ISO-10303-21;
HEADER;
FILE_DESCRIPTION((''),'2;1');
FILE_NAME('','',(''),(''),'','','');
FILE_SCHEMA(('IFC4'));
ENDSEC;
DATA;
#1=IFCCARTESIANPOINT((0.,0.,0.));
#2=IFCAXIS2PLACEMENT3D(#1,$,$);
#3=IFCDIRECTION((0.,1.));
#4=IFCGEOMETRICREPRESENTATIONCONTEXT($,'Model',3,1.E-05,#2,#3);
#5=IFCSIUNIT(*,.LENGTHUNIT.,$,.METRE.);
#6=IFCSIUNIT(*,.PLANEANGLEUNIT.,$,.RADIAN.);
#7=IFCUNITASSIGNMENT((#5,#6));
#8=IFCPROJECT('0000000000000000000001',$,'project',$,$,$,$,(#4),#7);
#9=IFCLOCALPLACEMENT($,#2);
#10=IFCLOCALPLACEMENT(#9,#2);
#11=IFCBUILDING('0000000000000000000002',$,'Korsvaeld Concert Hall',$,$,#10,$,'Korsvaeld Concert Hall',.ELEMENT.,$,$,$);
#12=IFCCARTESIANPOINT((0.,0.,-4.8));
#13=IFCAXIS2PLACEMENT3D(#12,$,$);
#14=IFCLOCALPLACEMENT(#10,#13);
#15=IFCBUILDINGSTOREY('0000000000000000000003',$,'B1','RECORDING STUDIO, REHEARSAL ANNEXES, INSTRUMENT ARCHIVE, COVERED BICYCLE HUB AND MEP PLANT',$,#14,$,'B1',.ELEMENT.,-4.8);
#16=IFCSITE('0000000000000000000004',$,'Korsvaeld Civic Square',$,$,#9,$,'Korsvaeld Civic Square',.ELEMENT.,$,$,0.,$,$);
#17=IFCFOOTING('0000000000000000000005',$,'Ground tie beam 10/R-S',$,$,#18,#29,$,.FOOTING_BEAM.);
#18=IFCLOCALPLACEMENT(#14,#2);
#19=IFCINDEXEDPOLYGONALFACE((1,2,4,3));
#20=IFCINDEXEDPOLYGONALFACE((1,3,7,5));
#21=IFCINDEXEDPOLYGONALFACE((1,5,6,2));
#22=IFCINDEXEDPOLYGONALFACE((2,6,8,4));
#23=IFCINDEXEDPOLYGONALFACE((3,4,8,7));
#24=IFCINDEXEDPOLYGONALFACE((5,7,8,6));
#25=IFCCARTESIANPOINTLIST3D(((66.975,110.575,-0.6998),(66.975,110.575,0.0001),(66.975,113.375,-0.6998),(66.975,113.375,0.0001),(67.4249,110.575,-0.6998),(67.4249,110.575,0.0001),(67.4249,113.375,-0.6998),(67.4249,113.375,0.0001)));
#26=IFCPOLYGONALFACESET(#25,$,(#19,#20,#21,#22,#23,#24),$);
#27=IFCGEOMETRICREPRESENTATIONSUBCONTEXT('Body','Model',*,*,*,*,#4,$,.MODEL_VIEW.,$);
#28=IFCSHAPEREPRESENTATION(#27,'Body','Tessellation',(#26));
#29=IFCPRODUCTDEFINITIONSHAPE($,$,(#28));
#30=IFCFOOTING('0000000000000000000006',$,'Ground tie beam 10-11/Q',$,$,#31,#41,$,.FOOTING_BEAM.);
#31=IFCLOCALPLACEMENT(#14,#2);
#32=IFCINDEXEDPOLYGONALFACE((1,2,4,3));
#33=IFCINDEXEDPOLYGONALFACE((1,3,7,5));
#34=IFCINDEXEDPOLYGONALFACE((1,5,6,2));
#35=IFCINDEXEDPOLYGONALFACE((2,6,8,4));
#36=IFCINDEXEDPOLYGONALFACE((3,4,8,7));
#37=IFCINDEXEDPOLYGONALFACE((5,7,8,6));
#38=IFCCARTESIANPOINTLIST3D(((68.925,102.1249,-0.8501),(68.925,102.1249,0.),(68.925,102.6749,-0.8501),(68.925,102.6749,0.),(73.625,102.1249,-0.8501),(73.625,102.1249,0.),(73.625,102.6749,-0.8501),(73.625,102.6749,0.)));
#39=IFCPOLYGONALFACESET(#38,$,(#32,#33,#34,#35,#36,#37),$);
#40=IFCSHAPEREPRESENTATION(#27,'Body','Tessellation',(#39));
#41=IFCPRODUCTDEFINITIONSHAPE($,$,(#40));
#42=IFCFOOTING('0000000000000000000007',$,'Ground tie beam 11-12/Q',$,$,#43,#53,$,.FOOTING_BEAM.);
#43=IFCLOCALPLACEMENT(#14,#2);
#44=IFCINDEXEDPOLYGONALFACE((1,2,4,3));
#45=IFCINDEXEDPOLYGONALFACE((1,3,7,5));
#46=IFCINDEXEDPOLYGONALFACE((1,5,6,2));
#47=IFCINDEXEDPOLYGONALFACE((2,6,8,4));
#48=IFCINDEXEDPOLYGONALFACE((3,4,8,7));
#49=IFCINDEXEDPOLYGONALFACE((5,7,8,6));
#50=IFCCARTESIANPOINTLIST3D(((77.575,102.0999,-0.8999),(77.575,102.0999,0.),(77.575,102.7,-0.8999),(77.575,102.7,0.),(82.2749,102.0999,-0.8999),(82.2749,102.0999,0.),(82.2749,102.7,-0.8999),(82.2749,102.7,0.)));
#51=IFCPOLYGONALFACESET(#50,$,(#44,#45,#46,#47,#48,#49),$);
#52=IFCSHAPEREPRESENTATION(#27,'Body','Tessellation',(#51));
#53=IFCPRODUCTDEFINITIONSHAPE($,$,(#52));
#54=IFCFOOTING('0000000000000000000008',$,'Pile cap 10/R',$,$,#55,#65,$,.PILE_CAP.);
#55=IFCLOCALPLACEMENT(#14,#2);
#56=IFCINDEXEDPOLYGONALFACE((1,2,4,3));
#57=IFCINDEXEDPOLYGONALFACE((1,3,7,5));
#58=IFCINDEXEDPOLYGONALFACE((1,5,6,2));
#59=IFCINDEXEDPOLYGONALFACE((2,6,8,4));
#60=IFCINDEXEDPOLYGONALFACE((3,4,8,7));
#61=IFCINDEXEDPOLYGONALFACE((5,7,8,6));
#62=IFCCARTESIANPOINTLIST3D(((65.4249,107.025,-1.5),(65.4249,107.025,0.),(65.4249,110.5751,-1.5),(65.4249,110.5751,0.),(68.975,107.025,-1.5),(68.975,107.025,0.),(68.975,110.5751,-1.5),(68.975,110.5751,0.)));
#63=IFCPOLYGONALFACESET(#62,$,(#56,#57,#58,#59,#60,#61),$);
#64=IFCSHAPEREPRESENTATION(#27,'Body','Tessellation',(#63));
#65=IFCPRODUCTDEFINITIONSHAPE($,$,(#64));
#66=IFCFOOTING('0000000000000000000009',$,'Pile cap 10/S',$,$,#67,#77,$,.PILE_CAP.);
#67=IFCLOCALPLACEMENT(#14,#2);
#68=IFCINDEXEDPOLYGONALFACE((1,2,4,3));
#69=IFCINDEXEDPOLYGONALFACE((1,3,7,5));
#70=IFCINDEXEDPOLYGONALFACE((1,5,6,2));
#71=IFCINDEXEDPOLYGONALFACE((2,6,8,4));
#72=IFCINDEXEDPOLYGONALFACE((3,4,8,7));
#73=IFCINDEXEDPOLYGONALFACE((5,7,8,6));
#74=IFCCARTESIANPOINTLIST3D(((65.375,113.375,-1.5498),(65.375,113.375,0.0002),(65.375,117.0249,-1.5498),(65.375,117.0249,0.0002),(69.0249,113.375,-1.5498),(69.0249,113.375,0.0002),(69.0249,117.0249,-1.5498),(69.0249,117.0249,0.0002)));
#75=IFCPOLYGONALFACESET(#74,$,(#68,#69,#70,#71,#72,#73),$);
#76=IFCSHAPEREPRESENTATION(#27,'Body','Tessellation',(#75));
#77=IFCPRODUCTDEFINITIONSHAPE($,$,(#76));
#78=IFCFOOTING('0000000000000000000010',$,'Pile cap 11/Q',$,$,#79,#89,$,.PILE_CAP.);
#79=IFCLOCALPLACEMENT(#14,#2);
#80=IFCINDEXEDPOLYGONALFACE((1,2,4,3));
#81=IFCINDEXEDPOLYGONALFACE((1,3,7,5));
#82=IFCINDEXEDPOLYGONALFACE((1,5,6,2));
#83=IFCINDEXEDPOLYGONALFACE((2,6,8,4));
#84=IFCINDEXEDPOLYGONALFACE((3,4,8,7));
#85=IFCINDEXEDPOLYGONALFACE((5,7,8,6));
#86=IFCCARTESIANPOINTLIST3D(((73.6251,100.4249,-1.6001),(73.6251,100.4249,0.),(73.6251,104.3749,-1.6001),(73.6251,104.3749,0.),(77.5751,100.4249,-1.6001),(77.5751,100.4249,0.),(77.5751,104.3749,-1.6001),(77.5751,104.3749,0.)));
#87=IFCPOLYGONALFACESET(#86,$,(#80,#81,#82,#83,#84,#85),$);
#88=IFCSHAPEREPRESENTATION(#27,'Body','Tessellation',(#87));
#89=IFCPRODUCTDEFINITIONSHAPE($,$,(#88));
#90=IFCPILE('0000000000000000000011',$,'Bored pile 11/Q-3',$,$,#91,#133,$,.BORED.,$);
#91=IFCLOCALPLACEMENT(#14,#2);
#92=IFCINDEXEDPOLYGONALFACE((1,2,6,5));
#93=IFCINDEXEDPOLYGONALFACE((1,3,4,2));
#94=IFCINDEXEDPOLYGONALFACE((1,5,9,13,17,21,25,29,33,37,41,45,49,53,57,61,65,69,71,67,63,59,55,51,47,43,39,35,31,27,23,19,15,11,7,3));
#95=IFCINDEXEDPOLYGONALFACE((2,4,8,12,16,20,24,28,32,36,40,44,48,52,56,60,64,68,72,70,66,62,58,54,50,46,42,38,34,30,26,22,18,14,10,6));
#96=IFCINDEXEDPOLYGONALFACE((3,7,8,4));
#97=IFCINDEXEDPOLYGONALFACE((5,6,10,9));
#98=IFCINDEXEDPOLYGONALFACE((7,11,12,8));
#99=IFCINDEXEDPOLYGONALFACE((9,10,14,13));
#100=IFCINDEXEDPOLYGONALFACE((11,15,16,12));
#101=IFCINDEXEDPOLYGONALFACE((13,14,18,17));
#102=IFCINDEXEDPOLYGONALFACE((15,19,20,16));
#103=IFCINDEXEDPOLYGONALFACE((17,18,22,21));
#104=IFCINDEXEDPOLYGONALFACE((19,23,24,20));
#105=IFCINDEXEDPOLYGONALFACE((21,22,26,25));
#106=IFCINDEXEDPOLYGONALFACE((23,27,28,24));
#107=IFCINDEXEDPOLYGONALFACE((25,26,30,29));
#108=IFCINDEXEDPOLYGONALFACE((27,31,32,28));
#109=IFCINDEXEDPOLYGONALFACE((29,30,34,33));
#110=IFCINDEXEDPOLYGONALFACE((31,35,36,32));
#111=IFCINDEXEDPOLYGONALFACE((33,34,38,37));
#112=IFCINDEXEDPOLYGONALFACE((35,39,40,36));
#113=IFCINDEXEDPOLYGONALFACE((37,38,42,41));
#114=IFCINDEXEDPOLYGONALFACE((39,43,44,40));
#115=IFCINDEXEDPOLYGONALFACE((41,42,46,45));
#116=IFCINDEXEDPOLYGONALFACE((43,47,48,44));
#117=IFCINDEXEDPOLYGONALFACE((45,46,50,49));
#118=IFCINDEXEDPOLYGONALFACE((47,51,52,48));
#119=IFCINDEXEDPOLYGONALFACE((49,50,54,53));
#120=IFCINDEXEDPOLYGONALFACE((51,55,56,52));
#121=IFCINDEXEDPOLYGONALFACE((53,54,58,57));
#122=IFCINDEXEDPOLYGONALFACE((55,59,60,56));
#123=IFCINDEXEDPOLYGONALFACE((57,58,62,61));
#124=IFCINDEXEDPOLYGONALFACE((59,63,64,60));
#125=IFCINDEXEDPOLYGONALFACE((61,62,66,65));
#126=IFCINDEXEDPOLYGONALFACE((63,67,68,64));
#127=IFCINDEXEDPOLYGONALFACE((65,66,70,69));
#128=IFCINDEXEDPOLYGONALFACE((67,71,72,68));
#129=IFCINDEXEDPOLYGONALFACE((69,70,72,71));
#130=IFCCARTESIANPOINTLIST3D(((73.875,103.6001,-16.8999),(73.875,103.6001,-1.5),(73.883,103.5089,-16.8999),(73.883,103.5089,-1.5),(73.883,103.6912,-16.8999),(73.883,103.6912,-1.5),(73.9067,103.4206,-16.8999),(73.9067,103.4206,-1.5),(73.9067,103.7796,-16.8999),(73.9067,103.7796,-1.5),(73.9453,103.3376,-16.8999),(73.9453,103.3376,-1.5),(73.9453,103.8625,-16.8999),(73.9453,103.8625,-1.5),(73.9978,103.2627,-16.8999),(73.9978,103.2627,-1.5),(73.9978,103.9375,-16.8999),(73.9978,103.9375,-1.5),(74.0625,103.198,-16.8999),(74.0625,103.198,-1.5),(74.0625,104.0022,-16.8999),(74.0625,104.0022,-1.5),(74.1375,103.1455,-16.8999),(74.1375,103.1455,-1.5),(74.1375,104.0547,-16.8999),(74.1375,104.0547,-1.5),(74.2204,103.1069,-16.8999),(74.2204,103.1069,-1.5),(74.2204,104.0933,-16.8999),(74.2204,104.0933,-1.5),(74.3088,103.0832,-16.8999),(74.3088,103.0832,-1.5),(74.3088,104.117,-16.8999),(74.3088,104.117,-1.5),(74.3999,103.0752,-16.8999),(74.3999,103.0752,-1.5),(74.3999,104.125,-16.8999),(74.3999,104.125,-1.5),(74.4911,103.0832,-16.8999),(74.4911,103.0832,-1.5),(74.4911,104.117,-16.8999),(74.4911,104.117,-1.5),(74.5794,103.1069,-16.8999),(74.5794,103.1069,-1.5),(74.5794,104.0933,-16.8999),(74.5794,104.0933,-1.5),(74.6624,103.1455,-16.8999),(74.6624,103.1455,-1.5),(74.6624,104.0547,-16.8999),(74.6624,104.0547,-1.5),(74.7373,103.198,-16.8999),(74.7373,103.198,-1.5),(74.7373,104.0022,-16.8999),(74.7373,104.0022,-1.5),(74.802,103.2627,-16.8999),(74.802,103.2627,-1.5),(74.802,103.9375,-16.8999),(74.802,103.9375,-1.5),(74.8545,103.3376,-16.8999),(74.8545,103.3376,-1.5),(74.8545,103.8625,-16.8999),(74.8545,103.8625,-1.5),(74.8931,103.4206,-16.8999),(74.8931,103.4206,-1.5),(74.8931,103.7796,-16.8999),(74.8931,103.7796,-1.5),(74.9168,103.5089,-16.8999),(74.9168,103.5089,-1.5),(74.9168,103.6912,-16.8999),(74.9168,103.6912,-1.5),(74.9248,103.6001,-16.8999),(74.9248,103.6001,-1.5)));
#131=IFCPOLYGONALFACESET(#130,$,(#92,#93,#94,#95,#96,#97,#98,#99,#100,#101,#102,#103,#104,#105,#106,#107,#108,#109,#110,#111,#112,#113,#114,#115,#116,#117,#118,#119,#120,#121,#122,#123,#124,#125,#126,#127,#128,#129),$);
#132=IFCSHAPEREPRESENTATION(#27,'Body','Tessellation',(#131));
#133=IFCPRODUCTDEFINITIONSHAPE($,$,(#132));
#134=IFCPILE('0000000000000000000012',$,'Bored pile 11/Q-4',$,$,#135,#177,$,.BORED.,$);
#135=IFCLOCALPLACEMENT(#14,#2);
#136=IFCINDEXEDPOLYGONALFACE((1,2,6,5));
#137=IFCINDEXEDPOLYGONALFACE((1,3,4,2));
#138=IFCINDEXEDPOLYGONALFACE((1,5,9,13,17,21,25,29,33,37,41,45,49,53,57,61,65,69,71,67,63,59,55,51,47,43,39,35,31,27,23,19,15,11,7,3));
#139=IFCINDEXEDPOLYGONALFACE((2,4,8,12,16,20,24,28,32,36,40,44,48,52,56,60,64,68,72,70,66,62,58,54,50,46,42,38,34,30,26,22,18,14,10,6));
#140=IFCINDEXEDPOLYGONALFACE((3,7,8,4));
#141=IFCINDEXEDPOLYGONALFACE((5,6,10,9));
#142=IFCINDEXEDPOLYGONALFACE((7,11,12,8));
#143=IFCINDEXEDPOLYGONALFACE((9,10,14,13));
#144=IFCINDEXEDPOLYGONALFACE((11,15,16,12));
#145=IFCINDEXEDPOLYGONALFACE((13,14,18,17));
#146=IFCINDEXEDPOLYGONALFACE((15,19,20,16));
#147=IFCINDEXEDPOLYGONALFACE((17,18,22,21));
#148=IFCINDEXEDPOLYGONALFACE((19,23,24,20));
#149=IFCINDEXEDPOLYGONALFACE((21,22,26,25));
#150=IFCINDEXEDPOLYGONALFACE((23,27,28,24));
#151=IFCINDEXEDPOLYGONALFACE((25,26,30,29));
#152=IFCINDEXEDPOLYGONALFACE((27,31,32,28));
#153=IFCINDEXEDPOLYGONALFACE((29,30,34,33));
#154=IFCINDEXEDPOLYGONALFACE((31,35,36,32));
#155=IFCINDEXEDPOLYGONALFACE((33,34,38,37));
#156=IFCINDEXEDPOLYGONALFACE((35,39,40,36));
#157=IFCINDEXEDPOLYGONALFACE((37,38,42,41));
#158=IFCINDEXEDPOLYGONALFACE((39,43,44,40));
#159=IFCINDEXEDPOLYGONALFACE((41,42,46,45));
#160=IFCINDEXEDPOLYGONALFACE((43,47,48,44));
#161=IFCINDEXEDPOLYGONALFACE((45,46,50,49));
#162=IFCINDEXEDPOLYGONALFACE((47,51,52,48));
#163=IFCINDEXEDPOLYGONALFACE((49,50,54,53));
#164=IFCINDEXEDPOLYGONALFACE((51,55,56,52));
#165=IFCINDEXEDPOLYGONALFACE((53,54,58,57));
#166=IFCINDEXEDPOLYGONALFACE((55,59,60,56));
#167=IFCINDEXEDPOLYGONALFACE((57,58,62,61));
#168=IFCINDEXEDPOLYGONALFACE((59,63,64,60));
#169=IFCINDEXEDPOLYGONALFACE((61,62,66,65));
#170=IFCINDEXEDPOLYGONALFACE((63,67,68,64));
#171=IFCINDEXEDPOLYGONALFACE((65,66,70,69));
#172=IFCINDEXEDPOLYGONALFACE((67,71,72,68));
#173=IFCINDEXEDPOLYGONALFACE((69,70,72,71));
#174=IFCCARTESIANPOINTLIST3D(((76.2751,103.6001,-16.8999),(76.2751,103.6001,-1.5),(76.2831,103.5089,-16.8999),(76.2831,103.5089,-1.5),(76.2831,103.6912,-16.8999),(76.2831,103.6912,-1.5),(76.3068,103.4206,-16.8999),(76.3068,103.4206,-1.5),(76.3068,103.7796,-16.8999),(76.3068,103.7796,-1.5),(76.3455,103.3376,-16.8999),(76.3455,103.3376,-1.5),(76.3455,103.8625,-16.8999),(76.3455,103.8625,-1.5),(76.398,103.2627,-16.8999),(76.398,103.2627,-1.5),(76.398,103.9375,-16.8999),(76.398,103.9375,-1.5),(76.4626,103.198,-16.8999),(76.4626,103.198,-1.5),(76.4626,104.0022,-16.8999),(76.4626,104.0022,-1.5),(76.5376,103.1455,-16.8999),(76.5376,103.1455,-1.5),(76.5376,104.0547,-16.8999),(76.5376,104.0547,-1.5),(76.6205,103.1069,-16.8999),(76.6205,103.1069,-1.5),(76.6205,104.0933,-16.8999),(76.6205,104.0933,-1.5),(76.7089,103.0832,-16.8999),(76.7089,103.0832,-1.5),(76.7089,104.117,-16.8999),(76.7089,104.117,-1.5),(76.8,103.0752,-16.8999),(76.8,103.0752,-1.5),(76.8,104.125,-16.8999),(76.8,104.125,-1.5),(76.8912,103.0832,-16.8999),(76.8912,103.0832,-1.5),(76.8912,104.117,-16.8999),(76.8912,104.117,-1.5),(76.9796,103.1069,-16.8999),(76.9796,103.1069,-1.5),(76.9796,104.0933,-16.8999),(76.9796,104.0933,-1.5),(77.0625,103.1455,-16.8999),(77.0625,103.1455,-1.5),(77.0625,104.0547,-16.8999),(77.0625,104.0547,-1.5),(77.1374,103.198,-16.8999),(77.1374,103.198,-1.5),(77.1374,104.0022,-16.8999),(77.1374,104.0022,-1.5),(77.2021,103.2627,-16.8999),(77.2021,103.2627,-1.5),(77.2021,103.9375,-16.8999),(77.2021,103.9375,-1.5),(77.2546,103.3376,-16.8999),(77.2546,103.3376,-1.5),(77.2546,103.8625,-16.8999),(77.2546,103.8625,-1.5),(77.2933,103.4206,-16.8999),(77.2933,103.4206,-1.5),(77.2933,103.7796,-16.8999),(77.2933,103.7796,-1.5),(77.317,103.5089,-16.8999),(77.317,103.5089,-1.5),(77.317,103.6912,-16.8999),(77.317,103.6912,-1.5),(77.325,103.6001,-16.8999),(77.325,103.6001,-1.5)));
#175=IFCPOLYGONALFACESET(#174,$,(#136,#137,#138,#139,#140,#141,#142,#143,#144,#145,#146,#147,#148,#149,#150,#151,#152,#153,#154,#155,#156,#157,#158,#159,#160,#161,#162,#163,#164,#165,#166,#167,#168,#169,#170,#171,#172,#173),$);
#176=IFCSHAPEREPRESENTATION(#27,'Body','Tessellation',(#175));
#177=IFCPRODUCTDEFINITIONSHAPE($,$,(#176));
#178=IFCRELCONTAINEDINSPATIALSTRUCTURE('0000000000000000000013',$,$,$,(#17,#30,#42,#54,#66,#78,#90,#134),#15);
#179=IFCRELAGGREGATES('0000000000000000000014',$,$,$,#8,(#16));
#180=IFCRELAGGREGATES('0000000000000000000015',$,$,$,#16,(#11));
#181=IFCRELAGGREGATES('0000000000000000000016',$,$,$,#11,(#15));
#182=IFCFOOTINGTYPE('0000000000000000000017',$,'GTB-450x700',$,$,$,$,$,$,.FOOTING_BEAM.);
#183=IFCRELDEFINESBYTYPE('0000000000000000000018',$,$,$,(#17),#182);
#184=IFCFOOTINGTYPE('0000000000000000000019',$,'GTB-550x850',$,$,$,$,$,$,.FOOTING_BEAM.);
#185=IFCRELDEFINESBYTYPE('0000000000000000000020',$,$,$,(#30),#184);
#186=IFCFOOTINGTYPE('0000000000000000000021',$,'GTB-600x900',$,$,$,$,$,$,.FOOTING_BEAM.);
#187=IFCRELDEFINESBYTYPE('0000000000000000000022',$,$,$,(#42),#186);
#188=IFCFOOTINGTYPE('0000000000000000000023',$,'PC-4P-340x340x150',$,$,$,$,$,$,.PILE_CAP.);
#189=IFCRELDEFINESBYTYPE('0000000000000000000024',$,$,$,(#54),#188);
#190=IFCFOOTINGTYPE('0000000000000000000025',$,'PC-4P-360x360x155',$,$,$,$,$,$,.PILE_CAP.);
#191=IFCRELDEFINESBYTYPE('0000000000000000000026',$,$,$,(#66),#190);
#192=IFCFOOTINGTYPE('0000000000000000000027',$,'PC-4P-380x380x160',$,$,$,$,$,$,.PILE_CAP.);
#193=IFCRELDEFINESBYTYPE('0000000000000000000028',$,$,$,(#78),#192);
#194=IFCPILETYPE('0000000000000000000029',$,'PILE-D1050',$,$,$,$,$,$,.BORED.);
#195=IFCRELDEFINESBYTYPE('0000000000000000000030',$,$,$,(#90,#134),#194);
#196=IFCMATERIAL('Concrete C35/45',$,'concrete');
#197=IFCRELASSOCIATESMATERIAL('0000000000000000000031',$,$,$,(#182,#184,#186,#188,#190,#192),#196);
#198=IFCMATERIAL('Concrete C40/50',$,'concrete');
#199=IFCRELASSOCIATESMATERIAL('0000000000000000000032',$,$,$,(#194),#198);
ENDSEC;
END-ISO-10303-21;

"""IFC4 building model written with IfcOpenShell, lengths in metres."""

from ifc_helpers import new_model, si_unit, direction, frame, origin, origin_2d, place, context, subcontext, project, spatial, rectangle, circle, extrude, material, material_profile, profile_set, type_object, element, save


model = new_model("IFC4")

# Units and contexts
model_context = context("Model", 3, precision=1e-05, world=origin(), true_north=direction((0.0, 1.0)))
body_context = subcontext(model_context, "Body", "Model", "MODEL_VIEW")
ifc_project = project(units=[si_unit("LENGTHUNIT", "METRE"), si_unit("PLANEANGLEUNIT", "RADIAN")], contexts=[model_context])

# Site, building, storey
site_placement = place(None, origin())
site = spatial("IfcSite", under=ifc_project, at=site_placement, Name="Korsvaeld Civic Square", LongName="Korsvaeld Civic Square", CompositionType="ELEMENT", RefElevation=0.0)
building_placement = place(site_placement, origin())
building = spatial("IfcBuilding", under=site, at=building_placement, Name="Korsvaeld Concert Hall", LongName="Korsvaeld Concert Hall", CompositionType="ELEMENT")
storey_placement = place(building_placement, frame((0.0, 0.0, -4.8)))
storey = spatial("IfcBuildingStorey", under=building, at=storey_placement, Name="B1", Description="RECORDING STUDIO, REHEARSAL ANNEXES, INSTRUMENT ARCHIVE, COVERED BICYCLE HUB AND MEP PLANT", LongName="B1", CompositionType="ELEMENT", Elevation=-4.8)

# Footings
ifc_material_1 = material(Name="Concrete C35/45", Category="concrete")
ifc_material_profile_1 = material_profile(ifc_material_1, rectangle(XDim=0.45, YDim=0.7, at=origin_2d()), Name="GTB 450x700")
ifc_profile_set_1 = profile_set([ifc_material_profile_1], Name="Concrete C35/45")
footing_type_1 = type_object("IfcFootingType", Name="GTB-450x700", PredefinedType="FOOTING_BEAM", material=ifc_profile_set_1)
footing_1_placement = place(storey_placement, frame((67.2, 110.575, -0.3499), z_axis=(0.0, 1.0, 0.0), x_axis=(-1.0, 0.0, 0.0)))
element("IfcFooting", 1, at=footing_1_placement, inside=storey, type_object=footing_type_1, Name="Ground tie beam 10/R-S", PredefinedType="FOOTING_BEAM", context=body_context, shape_type="SweptSolid", body=[
    extrude(rectangle(XDim=0.45, YDim=0.7, at=origin_2d()), origin(), (0.0, 0.0, 1.0), 2.8),
])
ifc_material_profile_2 = material_profile(ifc_material_1, rectangle(XDim=0.55, YDim=0.8501, at=origin_2d()), Name="GTB 550x850")
ifc_profile_set_2 = profile_set([ifc_material_profile_2], Name="Concrete C35/45")
footing_type_2 = type_object("IfcFootingType", Name="GTB-550x850", PredefinedType="FOOTING_BEAM", material=ifc_profile_set_2)
footing_2_placement = place(storey_placement, frame((68.925, 102.3999, -0.425), z_axis=(1.0, 0.0, 0.0), x_axis=(0.0, 1.0, 0.0)))
element("IfcFooting", 2, at=footing_2_placement, inside=storey, type_object=footing_type_2, Name="Ground tie beam 10-11/Q", PredefinedType="FOOTING_BEAM", context=body_context, shape_type="SweptSolid", body=[
    extrude(rectangle(XDim=0.55, YDim=0.8501, at=origin_2d()), origin(), (0.0, 0.0, 1.0), 4.7),
])
ifc_material_profile_3 = material_profile(ifc_material_1, rectangle(XDim=0.6001, YDim=0.8999, at=origin_2d()), Name="GTB 600x900")
ifc_profile_set_3 = profile_set([ifc_material_profile_3], Name="Concrete C35/45")
footing_type_3 = type_object("IfcFootingType", Name="GTB-600x900", PredefinedType="FOOTING_BEAM", material=ifc_profile_set_3)
footing_3_placement = place(storey_placement, frame((77.575, 102.3999, -0.45), z_axis=(1.0, 0.0, 0.0), x_axis=(0.0, 1.0, 0.0)))
element("IfcFooting", 3, at=footing_3_placement, inside=storey, type_object=footing_type_3, Name="Ground tie beam 11-12/Q", PredefinedType="FOOTING_BEAM", context=body_context, shape_type="SweptSolid", body=[
    extrude(rectangle(XDim=0.6001, YDim=0.8999, at=origin_2d()), origin(), (0.0, 0.0, 1.0), 4.7),
])
footing_type_4 = type_object("IfcFootingType", Name="PC-4P-340x340x150", PredefinedType="PILE_CAP", material=ifc_material_1)
footing_4_placement = place(storey_placement, frame((67.2, 108.8, -1.5), z_axis=(0.0, 0.0, 1.0), x_axis=(1.0, 0.0, 0.0)))
element("IfcFooting", 4, at=footing_4_placement, inside=storey, type_object=footing_type_4, Name="Pile cap 10/R", PredefinedType="PILE_CAP", context=body_context, shape_type="SweptSolid", body=[
    extrude(rectangle(XDim=3.55, YDim=3.55, at=origin_2d()), origin(), (0.0, 0.0, 1.0), 1.5),
])
footing_type_5 = type_object("IfcFootingType", Name="PC-4P-360x360x155", PredefinedType="PILE_CAP", material=ifc_material_1)
footing_5_placement = place(storey_placement, frame((67.2, 115.2, -1.5498), z_axis=(0.0, 0.0, 1.0), x_axis=(1.0, 0.0, 0.0)))
element("IfcFooting", 5, at=footing_5_placement, inside=storey, type_object=footing_type_5, Name="Pile cap 10/S", PredefinedType="PILE_CAP", context=body_context, shape_type="SweptSolid", body=[
    extrude(rectangle(XDim=3.6499, YDim=3.6499, at=origin_2d()), origin(), (0.0, 0.0, 1.0), 1.55),
])
footing_type_6 = type_object("IfcFootingType", Name="PC-4P-380x380x160", PredefinedType="PILE_CAP", material=ifc_material_1)
footing_6_placement = place(storey_placement, frame((75.6001, 102.3999, -1.6001), z_axis=(0.0, 0.0, 1.0), x_axis=(1.0, 0.0, 0.0)))
element("IfcFooting", 6, at=footing_6_placement, inside=storey, type_object=footing_type_6, Name="Pile cap 11/Q", PredefinedType="PILE_CAP", context=body_context, shape_type="SweptSolid", body=[
    extrude(rectangle(XDim=3.95, YDim=3.95, at=origin_2d()), origin(), (0.0, 0.0, 1.0), 1.6001),
])

# Piles
ifc_material_2 = material(Name="Concrete C40/50", Category="concrete")
ifc_material_profile_4 = material_profile(ifc_material_2, circle(Radius=0.5249, at=origin_2d()), Name="BORED PILE D1050")
ifc_profile_set_4 = profile_set([ifc_material_profile_4], Name="Concrete C40/50")
pile_type_1 = type_object("IfcPileType", Name="PILE-D1050", PredefinedType="BORED", material=ifc_profile_set_4)
for number, where, z_axis, x_axis, name in (
    (7, (74.3999, 103.6001, -1.5), (0.0, 0.0, -1.0), (1.0, 0.0, 0.0), "Bored pile 11/Q-3"),
    (8, (76.8, 103.6001, -1.5), (0.0, 0.0, -1.0), (1.0, 0.0, 0.0), "Bored pile 11/Q-4"),
):
    element("IfcPile", number, at=place(storey_placement, frame(where, z_axis=z_axis, x_axis=x_axis)), inside=storey, type_object=pile_type_1, Name=name, PredefinedType="BORED", context=body_context, shape_type="SweptSolid", body=[
        extrude(circle(Radius=0.5249, at=origin_2d()), origin(), (0.0, 0.0, 1.0), 15.3999),
    ])

save(model, "model.ifc")
